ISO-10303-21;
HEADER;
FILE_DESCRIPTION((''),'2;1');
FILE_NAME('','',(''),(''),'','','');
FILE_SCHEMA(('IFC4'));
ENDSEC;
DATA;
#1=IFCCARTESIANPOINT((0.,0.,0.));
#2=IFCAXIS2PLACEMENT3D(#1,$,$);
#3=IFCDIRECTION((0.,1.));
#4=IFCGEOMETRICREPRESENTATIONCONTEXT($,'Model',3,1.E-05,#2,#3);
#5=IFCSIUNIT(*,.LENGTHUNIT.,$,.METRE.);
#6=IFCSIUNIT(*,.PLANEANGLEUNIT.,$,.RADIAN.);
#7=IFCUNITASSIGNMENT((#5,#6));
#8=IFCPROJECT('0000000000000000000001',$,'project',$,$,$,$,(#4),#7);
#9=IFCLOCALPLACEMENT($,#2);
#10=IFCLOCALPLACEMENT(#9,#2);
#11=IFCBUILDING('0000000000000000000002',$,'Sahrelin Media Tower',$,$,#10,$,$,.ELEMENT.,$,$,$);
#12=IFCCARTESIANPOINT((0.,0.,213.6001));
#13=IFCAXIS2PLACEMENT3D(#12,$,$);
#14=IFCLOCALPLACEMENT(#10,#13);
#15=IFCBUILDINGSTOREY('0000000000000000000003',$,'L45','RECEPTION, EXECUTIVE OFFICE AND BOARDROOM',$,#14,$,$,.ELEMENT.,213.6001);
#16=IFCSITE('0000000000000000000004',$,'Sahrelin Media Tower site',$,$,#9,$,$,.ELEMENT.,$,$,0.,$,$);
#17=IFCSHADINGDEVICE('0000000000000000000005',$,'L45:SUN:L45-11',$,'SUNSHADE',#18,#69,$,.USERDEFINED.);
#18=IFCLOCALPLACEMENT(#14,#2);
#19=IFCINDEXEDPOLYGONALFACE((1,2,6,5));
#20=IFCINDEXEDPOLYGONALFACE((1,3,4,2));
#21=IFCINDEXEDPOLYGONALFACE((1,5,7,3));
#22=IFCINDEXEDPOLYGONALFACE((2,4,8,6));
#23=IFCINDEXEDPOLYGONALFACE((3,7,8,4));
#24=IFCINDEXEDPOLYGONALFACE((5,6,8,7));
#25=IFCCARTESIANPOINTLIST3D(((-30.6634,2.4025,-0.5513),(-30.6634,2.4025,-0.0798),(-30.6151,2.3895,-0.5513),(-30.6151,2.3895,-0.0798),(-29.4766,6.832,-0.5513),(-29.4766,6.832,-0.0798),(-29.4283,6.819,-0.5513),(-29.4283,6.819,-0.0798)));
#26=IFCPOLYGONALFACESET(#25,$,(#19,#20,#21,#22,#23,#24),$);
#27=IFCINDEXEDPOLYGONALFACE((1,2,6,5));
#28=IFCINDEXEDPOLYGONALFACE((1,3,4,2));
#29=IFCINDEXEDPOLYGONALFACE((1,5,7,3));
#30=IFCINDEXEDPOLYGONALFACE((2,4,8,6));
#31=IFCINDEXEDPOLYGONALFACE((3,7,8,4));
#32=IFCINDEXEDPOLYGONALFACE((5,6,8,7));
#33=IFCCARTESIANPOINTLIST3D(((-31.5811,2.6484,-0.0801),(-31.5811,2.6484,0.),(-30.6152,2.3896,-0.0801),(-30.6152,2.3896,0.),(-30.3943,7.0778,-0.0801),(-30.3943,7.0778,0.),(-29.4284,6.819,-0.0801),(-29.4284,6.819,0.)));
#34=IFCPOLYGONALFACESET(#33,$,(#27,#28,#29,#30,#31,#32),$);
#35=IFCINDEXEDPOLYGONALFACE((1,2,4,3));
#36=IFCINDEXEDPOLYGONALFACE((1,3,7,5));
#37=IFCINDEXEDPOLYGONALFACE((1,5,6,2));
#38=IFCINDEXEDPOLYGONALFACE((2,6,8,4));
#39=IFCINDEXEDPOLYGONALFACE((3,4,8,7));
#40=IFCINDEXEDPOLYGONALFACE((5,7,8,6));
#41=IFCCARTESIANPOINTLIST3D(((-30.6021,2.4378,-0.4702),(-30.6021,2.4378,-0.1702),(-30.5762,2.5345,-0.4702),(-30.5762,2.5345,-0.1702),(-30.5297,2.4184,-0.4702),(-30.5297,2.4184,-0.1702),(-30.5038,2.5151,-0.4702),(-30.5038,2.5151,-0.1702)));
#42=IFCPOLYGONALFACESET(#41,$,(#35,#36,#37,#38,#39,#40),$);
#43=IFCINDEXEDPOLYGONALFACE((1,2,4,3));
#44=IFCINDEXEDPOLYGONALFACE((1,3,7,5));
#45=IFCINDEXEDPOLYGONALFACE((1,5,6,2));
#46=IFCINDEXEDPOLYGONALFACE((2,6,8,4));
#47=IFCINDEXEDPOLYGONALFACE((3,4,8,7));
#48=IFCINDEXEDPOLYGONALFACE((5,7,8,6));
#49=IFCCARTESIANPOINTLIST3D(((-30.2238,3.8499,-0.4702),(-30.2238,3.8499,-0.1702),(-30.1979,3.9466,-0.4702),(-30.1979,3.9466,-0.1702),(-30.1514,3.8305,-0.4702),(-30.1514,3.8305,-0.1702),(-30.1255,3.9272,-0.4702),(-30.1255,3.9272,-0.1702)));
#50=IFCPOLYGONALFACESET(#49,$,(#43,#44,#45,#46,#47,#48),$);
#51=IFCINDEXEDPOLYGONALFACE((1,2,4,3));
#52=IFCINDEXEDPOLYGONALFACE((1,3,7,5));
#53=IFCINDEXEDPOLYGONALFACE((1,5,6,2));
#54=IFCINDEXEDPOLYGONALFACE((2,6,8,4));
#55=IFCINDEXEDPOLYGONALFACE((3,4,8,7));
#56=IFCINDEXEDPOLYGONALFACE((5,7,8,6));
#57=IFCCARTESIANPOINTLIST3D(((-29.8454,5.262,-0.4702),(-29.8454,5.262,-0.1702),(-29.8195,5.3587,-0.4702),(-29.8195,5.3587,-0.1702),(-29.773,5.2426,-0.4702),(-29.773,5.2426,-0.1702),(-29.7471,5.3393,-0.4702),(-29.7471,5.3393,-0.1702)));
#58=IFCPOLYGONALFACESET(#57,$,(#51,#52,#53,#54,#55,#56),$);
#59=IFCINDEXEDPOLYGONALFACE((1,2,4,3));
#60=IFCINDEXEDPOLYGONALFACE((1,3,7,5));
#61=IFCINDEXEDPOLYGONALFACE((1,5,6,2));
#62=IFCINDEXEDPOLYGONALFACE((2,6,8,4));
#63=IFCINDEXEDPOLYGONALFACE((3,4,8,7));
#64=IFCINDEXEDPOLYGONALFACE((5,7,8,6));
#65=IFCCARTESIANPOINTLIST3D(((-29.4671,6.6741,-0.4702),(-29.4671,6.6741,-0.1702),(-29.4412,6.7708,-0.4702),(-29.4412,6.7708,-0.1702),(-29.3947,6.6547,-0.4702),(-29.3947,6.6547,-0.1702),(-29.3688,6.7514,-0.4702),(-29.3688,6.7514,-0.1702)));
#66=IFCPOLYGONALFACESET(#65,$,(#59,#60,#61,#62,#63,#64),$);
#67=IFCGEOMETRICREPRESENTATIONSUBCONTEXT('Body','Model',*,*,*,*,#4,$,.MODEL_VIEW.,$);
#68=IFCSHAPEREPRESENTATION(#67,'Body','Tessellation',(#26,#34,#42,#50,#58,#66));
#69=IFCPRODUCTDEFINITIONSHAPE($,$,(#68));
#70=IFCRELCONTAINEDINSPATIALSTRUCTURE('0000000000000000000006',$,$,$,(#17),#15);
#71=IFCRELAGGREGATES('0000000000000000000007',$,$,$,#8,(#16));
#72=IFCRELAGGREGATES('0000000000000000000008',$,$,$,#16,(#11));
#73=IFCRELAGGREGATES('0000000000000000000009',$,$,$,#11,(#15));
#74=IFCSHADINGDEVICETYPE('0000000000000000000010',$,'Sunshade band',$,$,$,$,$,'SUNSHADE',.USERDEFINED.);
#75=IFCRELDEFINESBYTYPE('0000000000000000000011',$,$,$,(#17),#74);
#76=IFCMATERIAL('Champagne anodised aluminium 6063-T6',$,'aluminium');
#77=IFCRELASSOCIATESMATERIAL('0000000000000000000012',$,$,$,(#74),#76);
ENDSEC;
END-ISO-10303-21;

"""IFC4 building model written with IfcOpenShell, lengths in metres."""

from ifc_helpers import new_model, si_unit, direction, frame, origin, origin_2d, place, context, subcontext, project, spatial, rectangle, extrude, material, type_object, element, save


model = new_model("IFC4")

# Units and contexts
model_context = context("Model", 3, precision=1e-05, world=origin(), true_north=direction((0.0, 1.0)))
body_context = subcontext(model_context, "Body", "Model", "MODEL_VIEW")
ifc_project = project(units=[si_unit("LENGTHUNIT", "METRE"), si_unit("PLANEANGLEUNIT", "RADIAN")], contexts=[model_context])

# Site, building, storey
site_placement = place(None, origin())
site = spatial("IfcSite", under=ifc_project, at=site_placement, Name="Sahrelin Media Tower site", CompositionType="ELEMENT", RefElevation=0.0)
building_placement = place(site_placement, origin())
building = spatial("IfcBuilding", under=site, at=building_placement, Name="Sahrelin Media Tower", CompositionType="ELEMENT")
storey_placement = place(building_placement, frame((0.0, 0.0, 213.6001)))
storey = spatial("IfcBuildingStorey", under=building, at=storey_placement, Name="L45", Description="RECEPTION, EXECUTIVE OFFICE AND BOARDROOM", CompositionType="ELEMENT", Elevation=213.6001)

# Shared definitions
ifc_material_1 = material(Name="Champagne anodised aluminium 6063-T6", Category="aluminium")

# Shading device
placement_1 = place(storey_placement, frame((-30.0024, 4.5991, 0.0), z_axis=(0.0, 0.0, 1.0), x_axis=(0.258808, 0.965929, 0.0)))
shading_device_type_1 = type_object("IfcShadingDeviceType", Name="Sunshade band", ElementType="SUNSHADE", PredefinedType="USERDEFINED", material=ifc_material_1)
element("IfcShadingDevice", 1, at=placement_1, inside=storey, type_object=shading_device_type_1, Name="L45:SUN:L45-11", ObjectType="SUNSHADE", PredefinedType="USERDEFINED", context=body_context, shape_type="SweptSolid", body=[
    extrude(rectangle(XDim=4.5857, YDim=0.05, at=origin_2d()), frame((0.0, 0.0449, -0.5513)), (0.0, 0.0, 1.0), 0.4714),
    extrude(rectangle(XDim=4.5857, YDim=1.0, at=origin_2d()), frame((0.0, 0.52, -0.0801)), (0.0, 0.0, 1.0), 0.0801),
    extrude(rectangle(XDim=0.1001, YDim=0.075, at=origin_2d()), frame((-2.1929, -0.0176, -0.4702)), (0.0, 0.0, 1.0), 0.3),
    extrude(rectangle(XDim=0.1001, YDim=0.075, at=origin_2d()), frame((-0.731, -0.0176, -0.4702)), (0.0, 0.0, 1.0), 0.3),
    extrude(rectangle(XDim=0.1001, YDim=0.075, at=origin_2d()), frame((0.731, -0.0176, -0.4702)), (0.0, 0.0, 1.0), 0.3),
    extrude(rectangle(XDim=0.1001, YDim=0.075, at=origin_2d()), frame((2.1929, -0.0176, -0.4702)), (0.0, 0.0, 1.0), 0.3),
])

save(model, "model.ifc")
